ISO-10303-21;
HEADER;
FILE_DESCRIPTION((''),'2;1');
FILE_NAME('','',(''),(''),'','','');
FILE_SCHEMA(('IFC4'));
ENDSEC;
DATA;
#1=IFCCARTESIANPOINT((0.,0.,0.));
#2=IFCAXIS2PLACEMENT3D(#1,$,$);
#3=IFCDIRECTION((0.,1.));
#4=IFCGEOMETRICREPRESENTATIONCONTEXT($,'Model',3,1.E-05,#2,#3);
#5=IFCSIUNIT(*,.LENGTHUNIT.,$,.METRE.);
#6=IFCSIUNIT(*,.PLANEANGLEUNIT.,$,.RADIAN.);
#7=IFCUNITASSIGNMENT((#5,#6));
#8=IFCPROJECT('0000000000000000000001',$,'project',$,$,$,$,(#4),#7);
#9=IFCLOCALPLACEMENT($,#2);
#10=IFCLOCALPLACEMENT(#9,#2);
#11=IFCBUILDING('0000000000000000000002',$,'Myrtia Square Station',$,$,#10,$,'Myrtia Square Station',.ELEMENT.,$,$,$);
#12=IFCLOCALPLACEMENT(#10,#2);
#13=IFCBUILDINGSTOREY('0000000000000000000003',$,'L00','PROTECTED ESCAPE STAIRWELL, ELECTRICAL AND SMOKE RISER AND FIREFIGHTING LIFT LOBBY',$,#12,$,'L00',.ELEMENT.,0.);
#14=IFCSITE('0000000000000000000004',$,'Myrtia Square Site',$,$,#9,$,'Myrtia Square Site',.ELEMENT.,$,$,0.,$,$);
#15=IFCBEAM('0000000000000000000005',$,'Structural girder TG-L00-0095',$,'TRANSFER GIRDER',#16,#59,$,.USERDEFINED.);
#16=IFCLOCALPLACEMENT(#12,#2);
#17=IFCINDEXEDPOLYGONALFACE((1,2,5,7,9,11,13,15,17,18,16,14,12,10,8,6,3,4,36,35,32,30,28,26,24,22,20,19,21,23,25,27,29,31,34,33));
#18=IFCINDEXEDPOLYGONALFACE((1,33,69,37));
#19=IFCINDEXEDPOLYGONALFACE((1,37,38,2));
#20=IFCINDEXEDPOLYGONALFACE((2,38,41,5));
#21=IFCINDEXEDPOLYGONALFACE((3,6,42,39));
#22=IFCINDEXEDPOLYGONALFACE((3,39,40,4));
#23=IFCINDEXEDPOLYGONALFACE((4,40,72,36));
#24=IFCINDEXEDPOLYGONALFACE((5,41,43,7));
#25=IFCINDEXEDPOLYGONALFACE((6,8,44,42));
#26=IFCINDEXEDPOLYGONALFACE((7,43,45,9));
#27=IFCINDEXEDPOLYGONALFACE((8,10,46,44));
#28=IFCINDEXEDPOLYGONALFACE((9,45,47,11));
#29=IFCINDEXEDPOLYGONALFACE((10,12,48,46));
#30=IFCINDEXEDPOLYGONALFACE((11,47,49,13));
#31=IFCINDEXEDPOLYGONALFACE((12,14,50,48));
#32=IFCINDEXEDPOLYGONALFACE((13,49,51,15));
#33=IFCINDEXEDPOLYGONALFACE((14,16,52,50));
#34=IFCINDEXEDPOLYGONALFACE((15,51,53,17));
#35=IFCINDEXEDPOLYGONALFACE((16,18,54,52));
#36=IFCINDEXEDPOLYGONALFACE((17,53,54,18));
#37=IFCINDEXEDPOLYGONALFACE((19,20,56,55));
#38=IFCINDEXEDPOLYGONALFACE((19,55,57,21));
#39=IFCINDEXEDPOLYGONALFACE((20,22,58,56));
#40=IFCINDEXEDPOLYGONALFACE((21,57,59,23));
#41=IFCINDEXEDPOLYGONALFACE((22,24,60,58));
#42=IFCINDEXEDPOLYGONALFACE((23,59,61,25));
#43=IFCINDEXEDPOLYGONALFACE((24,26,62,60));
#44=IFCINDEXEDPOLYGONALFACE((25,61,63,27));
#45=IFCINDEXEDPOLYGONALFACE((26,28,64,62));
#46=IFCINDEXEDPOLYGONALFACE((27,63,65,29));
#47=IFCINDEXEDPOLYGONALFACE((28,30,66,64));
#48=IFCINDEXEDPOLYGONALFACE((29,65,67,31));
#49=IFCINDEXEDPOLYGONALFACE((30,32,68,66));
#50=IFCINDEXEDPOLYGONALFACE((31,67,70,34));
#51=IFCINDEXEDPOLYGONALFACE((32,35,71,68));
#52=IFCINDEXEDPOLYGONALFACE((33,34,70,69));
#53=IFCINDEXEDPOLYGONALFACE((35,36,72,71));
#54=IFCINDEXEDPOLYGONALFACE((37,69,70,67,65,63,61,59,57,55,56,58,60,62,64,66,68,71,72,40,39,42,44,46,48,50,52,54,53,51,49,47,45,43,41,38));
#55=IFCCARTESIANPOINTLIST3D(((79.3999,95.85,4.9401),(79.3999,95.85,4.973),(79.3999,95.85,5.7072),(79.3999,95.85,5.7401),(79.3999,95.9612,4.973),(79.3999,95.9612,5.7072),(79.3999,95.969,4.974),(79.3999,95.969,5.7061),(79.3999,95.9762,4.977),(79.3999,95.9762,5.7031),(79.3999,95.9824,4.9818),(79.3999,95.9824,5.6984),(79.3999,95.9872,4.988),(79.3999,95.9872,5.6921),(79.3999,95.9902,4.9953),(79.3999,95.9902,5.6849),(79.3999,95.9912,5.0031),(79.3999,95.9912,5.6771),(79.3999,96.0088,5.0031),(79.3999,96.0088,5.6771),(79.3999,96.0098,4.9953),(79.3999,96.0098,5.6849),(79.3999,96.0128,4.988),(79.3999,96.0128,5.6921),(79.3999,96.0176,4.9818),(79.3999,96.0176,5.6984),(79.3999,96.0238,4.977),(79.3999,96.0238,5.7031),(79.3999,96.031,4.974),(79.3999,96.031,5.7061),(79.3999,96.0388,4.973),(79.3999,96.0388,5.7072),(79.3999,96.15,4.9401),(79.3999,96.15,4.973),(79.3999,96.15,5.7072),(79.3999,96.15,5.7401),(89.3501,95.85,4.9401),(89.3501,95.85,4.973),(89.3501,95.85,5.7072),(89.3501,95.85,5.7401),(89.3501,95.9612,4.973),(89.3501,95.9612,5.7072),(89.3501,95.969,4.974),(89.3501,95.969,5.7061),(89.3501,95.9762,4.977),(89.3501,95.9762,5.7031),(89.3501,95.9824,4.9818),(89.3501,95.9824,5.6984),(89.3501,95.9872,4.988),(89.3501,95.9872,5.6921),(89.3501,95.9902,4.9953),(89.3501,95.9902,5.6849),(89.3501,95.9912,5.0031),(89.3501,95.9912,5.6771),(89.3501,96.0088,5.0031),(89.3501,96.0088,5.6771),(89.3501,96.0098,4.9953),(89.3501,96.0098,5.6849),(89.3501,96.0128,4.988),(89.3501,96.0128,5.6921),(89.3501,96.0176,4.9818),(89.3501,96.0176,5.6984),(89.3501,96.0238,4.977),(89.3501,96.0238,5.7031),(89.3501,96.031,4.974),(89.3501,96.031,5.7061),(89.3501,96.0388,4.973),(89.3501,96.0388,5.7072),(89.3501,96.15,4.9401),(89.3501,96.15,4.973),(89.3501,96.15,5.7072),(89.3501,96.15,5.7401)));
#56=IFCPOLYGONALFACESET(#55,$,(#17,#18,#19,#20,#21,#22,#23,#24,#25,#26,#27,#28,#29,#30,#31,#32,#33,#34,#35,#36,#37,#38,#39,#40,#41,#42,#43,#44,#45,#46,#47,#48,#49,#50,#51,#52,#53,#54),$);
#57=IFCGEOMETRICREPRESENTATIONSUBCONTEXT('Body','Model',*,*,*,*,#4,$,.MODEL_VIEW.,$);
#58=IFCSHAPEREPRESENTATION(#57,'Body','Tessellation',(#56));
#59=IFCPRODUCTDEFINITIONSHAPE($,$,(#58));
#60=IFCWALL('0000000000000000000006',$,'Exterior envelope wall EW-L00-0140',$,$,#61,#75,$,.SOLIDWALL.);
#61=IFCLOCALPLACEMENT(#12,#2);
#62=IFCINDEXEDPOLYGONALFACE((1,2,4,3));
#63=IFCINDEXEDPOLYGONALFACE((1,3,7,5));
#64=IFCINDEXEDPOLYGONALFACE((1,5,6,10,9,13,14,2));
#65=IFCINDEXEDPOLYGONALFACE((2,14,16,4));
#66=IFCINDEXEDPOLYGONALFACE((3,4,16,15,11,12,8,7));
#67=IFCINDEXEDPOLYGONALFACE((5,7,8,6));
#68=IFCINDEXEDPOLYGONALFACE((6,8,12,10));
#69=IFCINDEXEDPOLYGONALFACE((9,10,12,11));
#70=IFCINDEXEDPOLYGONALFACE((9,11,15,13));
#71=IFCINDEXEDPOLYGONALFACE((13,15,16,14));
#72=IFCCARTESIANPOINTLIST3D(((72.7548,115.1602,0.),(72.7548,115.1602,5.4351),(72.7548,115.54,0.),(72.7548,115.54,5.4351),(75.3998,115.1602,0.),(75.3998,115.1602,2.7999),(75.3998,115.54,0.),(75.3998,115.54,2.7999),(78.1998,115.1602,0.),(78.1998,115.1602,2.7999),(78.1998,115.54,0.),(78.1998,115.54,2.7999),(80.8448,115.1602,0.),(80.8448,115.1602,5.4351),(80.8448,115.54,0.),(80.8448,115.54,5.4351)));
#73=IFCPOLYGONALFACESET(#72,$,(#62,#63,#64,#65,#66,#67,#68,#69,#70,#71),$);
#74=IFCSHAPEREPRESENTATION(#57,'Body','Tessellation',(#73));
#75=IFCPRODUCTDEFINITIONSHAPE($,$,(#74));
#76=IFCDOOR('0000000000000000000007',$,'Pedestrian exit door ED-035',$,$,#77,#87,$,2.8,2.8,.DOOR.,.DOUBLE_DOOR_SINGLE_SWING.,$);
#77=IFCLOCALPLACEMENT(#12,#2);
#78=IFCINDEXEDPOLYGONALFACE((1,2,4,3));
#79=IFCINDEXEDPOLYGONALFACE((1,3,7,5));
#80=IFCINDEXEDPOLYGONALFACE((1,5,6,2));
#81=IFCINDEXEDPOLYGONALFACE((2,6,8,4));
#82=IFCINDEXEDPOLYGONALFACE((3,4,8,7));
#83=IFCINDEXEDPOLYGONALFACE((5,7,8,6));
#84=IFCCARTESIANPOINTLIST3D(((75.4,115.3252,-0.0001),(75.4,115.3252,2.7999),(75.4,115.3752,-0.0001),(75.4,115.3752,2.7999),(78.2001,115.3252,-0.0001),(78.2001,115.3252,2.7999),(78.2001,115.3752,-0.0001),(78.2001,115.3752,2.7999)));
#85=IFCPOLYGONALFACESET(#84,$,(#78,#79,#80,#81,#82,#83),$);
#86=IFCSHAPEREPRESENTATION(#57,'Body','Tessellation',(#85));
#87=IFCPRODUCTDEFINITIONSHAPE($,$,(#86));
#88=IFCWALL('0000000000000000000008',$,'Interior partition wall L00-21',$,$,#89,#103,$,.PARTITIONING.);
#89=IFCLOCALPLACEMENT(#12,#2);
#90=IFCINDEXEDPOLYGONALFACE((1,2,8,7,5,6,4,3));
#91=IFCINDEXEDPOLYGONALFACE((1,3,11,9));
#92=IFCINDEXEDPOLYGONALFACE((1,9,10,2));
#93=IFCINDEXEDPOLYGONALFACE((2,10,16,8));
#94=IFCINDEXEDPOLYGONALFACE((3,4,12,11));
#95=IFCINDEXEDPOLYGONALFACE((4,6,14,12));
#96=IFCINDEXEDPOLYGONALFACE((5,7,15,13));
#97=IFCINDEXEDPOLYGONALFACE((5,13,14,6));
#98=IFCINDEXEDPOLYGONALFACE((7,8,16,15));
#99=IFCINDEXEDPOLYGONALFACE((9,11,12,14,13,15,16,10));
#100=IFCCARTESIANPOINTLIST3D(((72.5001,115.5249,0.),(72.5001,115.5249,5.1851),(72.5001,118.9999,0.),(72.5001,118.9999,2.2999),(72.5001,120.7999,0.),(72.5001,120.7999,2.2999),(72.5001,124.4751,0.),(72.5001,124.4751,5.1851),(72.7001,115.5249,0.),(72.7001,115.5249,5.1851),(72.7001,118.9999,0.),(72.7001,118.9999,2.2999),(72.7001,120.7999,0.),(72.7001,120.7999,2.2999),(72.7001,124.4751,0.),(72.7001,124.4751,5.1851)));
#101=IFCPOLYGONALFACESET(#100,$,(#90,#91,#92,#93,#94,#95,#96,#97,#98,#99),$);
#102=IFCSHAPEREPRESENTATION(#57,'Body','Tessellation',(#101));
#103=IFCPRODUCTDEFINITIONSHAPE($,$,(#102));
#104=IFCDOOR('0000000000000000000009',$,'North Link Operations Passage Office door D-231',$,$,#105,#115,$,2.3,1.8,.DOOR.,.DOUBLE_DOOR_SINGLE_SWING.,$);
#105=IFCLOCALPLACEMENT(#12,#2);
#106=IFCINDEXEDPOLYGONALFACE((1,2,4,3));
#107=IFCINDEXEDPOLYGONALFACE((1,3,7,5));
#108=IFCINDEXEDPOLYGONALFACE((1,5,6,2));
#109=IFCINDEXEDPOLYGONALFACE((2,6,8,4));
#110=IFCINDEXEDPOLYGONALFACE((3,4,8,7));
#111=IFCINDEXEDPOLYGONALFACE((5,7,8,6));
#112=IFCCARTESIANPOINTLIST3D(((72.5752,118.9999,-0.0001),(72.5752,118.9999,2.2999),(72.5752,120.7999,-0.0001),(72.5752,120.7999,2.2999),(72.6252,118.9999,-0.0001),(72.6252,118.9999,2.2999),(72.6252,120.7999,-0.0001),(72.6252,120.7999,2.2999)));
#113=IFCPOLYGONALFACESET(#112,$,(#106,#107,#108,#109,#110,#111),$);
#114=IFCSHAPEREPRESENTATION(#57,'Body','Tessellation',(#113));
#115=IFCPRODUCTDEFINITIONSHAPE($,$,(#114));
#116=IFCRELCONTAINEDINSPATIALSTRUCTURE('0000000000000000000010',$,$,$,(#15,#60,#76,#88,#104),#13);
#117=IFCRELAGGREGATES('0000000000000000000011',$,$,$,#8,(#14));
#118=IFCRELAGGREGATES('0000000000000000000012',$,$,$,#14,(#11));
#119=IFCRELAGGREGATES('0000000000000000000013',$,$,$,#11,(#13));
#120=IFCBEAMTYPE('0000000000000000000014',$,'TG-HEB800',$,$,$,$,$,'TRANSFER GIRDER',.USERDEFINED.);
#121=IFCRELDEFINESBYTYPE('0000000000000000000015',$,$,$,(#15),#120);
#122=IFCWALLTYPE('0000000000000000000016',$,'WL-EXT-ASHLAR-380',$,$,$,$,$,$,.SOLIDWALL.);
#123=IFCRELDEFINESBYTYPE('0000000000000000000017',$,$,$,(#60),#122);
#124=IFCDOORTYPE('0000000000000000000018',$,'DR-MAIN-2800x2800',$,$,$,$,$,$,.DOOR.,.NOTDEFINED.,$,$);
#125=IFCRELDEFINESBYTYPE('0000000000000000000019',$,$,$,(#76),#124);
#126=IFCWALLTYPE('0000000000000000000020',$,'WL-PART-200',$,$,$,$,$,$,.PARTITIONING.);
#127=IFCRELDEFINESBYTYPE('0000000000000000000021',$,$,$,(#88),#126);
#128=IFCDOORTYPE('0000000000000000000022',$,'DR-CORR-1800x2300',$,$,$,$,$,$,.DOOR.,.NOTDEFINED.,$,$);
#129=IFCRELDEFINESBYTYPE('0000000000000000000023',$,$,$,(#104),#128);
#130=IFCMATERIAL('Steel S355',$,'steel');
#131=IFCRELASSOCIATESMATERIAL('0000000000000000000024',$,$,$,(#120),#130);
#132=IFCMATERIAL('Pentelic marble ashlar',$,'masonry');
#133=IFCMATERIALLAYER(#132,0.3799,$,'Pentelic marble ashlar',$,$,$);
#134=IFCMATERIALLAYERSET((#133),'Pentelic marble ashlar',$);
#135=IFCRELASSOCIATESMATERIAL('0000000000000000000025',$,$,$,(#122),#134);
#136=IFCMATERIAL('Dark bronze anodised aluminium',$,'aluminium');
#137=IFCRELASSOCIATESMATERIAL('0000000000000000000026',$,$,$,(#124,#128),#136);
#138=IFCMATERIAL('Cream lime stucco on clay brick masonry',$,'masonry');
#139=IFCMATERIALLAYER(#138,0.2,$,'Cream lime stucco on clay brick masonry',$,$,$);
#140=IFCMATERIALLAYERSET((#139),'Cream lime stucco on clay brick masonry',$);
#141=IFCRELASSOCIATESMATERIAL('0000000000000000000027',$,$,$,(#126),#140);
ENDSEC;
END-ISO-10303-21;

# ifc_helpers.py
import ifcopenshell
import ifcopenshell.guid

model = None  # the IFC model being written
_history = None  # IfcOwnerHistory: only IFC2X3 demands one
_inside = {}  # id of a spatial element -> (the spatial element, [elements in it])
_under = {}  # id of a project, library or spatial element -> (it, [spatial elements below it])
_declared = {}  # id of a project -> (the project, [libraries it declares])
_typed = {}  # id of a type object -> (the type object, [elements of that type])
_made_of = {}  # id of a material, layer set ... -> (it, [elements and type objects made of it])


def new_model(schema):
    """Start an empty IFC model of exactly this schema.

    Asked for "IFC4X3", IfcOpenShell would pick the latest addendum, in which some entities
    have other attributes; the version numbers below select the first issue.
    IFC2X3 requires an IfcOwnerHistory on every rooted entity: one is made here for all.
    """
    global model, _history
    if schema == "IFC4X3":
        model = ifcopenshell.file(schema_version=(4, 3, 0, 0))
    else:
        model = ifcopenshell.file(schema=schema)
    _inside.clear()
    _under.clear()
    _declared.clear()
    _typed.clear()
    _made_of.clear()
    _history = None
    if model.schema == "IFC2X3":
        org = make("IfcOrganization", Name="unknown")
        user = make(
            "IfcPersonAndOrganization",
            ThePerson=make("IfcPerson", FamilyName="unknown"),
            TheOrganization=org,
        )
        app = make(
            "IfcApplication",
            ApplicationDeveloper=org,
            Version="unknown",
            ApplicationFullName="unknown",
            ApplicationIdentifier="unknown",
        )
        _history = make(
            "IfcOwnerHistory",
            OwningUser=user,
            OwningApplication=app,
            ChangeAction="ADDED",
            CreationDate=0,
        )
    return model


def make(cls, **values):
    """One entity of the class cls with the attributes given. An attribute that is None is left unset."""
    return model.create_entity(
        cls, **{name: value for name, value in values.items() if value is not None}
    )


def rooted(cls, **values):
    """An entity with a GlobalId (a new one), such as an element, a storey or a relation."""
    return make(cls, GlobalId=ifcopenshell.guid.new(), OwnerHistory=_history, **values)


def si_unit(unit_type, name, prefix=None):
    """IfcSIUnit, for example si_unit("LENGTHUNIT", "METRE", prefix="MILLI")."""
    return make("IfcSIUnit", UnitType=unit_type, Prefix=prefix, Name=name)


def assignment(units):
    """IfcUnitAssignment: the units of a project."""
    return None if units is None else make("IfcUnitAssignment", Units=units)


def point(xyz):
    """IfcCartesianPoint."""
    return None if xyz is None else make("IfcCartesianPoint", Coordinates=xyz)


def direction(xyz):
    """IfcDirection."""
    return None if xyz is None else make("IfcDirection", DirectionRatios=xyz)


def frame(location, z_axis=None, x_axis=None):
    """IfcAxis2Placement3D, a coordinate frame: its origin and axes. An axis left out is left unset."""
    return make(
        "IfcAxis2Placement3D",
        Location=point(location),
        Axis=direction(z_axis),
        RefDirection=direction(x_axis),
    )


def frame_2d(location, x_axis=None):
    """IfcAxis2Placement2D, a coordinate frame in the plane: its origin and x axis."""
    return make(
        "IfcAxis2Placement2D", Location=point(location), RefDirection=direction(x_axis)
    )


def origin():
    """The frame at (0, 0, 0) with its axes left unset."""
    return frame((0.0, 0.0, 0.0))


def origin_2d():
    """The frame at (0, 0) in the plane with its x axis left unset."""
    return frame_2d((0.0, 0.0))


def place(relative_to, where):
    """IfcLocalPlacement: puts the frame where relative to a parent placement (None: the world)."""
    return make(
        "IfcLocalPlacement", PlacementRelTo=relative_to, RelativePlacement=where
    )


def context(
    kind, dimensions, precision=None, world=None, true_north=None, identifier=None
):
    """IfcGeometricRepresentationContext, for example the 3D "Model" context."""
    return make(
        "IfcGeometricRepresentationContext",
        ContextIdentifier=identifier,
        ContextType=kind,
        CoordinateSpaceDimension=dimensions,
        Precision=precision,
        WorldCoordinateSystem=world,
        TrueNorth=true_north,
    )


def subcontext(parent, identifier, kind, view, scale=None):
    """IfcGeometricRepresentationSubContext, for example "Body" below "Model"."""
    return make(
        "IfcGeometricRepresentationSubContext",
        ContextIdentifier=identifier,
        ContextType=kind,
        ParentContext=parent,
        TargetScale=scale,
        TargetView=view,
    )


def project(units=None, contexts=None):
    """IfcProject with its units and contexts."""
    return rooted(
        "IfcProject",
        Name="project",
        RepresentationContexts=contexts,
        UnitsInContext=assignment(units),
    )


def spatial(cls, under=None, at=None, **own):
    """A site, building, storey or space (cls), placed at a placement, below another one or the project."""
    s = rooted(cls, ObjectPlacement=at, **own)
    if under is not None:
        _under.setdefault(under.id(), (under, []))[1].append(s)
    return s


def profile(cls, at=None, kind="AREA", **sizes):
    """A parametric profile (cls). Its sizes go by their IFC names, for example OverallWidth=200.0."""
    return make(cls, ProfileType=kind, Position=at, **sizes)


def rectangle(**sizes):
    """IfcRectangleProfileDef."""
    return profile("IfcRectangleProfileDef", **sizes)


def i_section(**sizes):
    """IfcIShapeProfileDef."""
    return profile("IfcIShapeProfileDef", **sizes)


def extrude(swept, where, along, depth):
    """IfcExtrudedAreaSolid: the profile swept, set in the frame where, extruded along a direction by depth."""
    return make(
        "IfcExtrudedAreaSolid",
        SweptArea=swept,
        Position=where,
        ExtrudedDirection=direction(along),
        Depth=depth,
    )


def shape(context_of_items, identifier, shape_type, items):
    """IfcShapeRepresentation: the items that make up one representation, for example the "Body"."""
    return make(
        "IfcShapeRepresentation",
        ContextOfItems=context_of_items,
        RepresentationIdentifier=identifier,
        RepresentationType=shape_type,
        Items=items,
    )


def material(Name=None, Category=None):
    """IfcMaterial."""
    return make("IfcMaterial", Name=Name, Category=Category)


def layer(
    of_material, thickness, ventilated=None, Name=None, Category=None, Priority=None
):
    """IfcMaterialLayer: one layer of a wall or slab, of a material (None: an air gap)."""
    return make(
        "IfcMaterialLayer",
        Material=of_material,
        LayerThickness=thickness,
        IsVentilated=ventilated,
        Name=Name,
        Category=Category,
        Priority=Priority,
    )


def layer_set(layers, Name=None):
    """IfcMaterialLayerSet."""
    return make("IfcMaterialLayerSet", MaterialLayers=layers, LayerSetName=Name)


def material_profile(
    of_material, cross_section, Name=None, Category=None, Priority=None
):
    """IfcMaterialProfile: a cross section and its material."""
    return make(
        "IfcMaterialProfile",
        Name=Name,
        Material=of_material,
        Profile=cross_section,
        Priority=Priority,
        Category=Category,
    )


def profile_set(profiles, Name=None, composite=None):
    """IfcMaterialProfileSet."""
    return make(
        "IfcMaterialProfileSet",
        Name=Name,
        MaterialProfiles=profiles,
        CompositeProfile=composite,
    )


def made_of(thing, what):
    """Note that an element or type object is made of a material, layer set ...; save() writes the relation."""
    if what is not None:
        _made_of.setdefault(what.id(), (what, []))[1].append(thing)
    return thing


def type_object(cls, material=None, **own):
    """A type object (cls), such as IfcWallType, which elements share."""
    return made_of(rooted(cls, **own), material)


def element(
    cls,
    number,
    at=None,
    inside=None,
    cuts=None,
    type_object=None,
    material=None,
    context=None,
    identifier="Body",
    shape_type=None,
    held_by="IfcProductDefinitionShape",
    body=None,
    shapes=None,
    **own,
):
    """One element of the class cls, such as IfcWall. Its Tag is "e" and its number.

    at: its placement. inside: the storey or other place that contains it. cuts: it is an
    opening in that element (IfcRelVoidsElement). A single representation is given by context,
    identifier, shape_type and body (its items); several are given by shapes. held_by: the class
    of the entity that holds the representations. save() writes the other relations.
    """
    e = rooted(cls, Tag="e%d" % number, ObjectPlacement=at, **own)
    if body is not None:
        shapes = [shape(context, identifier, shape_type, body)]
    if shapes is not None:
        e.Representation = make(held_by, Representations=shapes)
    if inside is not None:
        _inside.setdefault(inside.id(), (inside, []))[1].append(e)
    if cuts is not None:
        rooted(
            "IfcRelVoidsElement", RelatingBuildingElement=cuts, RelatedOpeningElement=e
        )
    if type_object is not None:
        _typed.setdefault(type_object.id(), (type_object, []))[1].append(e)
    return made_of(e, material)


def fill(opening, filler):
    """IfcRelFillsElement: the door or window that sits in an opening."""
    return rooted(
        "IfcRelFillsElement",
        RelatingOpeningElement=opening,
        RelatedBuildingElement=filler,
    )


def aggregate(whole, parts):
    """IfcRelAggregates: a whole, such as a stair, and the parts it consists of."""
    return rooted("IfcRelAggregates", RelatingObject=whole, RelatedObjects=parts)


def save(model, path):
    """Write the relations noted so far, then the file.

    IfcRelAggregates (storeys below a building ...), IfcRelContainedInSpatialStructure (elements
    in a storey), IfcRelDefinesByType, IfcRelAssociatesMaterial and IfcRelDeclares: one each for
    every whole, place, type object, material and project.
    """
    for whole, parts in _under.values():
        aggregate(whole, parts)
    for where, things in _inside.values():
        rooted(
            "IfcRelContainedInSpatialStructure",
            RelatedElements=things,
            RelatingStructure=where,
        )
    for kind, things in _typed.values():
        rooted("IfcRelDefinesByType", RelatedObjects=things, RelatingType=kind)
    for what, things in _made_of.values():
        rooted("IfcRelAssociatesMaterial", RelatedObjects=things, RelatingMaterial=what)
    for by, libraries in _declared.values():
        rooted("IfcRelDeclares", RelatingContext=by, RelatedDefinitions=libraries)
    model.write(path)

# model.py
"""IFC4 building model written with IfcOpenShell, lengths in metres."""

from ifc_helpers import new_model, si_unit, direction, frame, frame_2d, origin, origin_2d, place, context, subcontext, project, spatial, rectangle, i_section, extrude, material, layer, layer_set, material_profile, profile_set, type_object, element, fill, save


model = new_model("IFC4")

# Units and contexts
model_context = context("Model", 3, precision=1e-05, world=origin(), true_north=direction((0.0, 1.0)))
body_context = subcontext(model_context, "Body", "Model", "MODEL_VIEW")
ifc_project = project(units=[si_unit("LENGTHUNIT", "METRE"), si_unit("PLANEANGLEUNIT", "RADIAN")], contexts=[model_context])

# Site, building, storey
site_placement = place(None, origin())
site = spatial("IfcSite", under=ifc_project, at=site_placement, Name="Myrtia Square Site", LongName="Myrtia Square Site", CompositionType="ELEMENT", RefElevation=0.0)
building_placement = place(site_placement, origin())
building = spatial("IfcBuilding", under=site, at=building_placement, Name="Myrtia Square Station", LongName="Myrtia Square Station", CompositionType="ELEMENT")
storey_placement = place(building_placement, origin())
storey = spatial("IfcBuildingStorey", under=building, at=storey_placement, Name="L00", Description="PROTECTED ESCAPE STAIRWELL, ELECTRICAL AND SMOKE RISER AND FIREFIGHTING LIFT LOBBY", LongName="L00", CompositionType="ELEMENT", Elevation=0.0)

# Shared definitions
ifc_material_1 = material(Name="Steel S355", Category="steel")

# Beam
ifc_material_profile_1 = material_profile(ifc_material_1, i_section(OverallWidth=0.3, OverallDepth=0.8, WebThickness=0.0176, FlangeThickness=0.033, FilletRadius=0.03, at=origin_2d()), Name="HEB 800")
ifc_profile_set_1 = profile_set([ifc_material_profile_1], Name="Steel S355")
beam_type_1 = type_object("IfcBeamType", Name="TG-HEB800", ElementType="TRANSFER GIRDER", PredefinedType="USERDEFINED", material=ifc_profile_set_1)
beam_1_placement = place(storey_placement, frame((79.3999, 96.0, 5.3401), z_axis=(1.0, 0.0, 0.0), x_axis=(0.0, 1.0, 0.0)))
element("IfcBeam", 1, at=beam_1_placement, inside=storey, type_object=beam_type_1, Name="Structural girder TG-L00-0095", ObjectType="TRANSFER GIRDER", PredefinedType="USERDEFINED", context=body_context, shape_type="SweptSolid", body=[
    extrude(i_section(OverallWidth=0.3, OverallDepth=0.8, WebThickness=0.0176, FlangeThickness=0.033, FilletRadius=0.03, at=origin_2d()), origin(), (0.0, 0.0, 1.0), 9.9502),
])

# Wall, opening, door
ifc_material_2 = material(Name="Pentelic marble ashlar", Category="masonry")
ifc_layer_1 = layer(ifc_material_2, 0.3799, Name="Pentelic marble ashlar")
ifc_layer_set_1 = layer_set([ifc_layer_1], Name="Pentelic marble ashlar")
wall_type_1 = type_object("IfcWallType", Name="WL-EXT-ASHLAR-380", PredefinedType="SOLIDWALL", material=ifc_layer_set_1)
wall_1_placement = place(storey_placement, frame((72.7549, 115.3501, 0.0), z_axis=(0.0, 0.0, 1.0), x_axis=(1.0, 0.0, 0.0)))
wall_1 = element("IfcWall", 2, at=wall_1_placement, inside=storey, type_object=wall_type_1, Name="Exterior envelope wall EW-L00-0140", PredefinedType="SOLIDWALL", context=body_context, shape_type="SweptSolid", body=[
    extrude(rectangle(XDim=8.0901, YDim=0.3799, at=frame_2d((4.0449, 0.0))), origin(), (0.0, 0.0, 1.0), 5.4351),
])
opening_1_placement = place(wall_1_placement, frame((2.645, 0.0, 0.0)))
opening_1 = element("IfcOpeningElement", 3, at=opening_1_placement, cuts=wall_1, PredefinedType="OPENING", context=body_context, shape_type="SweptSolid", body=[
    extrude(rectangle(XDim=2.8, YDim=2.8, at=frame_2d((1.3999, 1.3999))), frame((0.0, 0.2048, 0.0), z_axis=(0.0, -1.0, 0.0), x_axis=(1.0, 0.0, 0.0)), (0.0, 0.0, 1.0), 0.4099),
])
ifc_material_3 = material(Name="Dark bronze anodised aluminium", Category="aluminium")
door_type_1 = type_object("IfcDoorType", Name="DR-MAIN-2800x2800", OperationType="NOTDEFINED", PredefinedType="DOOR", material=ifc_material_3)
door_1_placement = place(opening_1_placement, frame((2.8, 0.0, 0.0), z_axis=(0.0, 0.0, 1.0), x_axis=(-1.0, 0.0, 0.0)))
door_1 = element("IfcDoor", 4, at=door_1_placement, inside=storey, type_object=door_type_1, Name="Pedestrian exit door ED-035", OperationType="DOUBLE_DOOR_SINGLE_SWING", OverallHeight=2.8, OverallWidth=2.8, PredefinedType="DOOR", context=body_context, shape_type="SweptSolid", body=[
    extrude(rectangle(XDim=2.8, YDim=2.8, at=frame_2d((1.3999, 1.3999))), frame((0.0, 0.0249, 0.0), z_axis=(0.0, -1.0, 0.0), x_axis=(1.0, 0.0, 0.0)), (0.0, 0.0, 1.0), 0.05),
])
fill(opening_1, door_1)

# Wall, opening, door
ifc_material_4 = material(Name="Cream lime stucco on clay brick masonry", Category="masonry")
ifc_layer_2 = layer(ifc_material_4, 0.2, Name="Cream lime stucco on clay brick masonry")
ifc_layer_set_2 = layer_set([ifc_layer_2], Name="Cream lime stucco on clay brick masonry")
wall_type_2 = type_object("IfcWallType", Name="WL-PART-200", PredefinedType="PARTITIONING", material=ifc_layer_set_2)
wall_2_placement = place(storey_placement, frame((72.6001, 115.5249, 0.0), z_axis=(0.0, 0.0, 1.0), x_axis=(0.0, 1.0, 0.0)))
wall_2 = element("IfcWall", 5, at=wall_2_placement, inside=storey, type_object=wall_type_2, Name="Interior partition wall L00-21", PredefinedType="PARTITIONING", context=body_context, shape_type="SweptSolid", body=[
    extrude(rectangle(XDim=8.9502, YDim=0.2, at=frame_2d((4.4751, 0.0))), origin(), (0.0, 0.0, 1.0), 5.1851),
])
opening_2_placement = place(wall_2_placement, frame((3.4751, 0.0, 0.0)))
opening_2 = element("IfcOpeningElement", 6, at=opening_2_placement, cuts=wall_2, PredefinedType="OPENING", context=body_context, shape_type="SweptSolid", body=[
    extrude(rectangle(XDim=1.8, YDim=2.3, at=frame_2d((0.8999, 1.1499))), frame((0.0, 0.115, 0.0), z_axis=(0.0, -1.0, 0.0), x_axis=(1.0, 0.0, 0.0)), (0.0, 0.0, 1.0), 0.23),
])
door_type_2 = type_object("IfcDoorType", Name="DR-CORR-1800x2300", OperationType="NOTDEFINED", PredefinedType="DOOR", material=ifc_material_3)
door_2_placement = place(opening_2_placement, origin())
door_2 = element("IfcDoor", 7, at=door_2_placement, inside=storey, type_object=door_type_2, Name="North Link Operations Passage Office door D-231", OperationType="DOUBLE_DOOR_SINGLE_SWING", OverallHeight=2.3, OverallWidth=1.8, PredefinedType="DOOR", context=body_context, shape_type="SweptSolid", body=[
    extrude(rectangle(XDim=1.8, YDim=2.3, at=frame_2d((0.8999, 1.1499))), frame((0.0, 0.0249, 0.0), z_axis=(0.0, -1.0, 0.0), x_axis=(1.0, 0.0, 0.0)), (0.0, 0.0, 1.0), 0.05),
])
fill(opening_2, door_2)

save(model, "model.ifc")
